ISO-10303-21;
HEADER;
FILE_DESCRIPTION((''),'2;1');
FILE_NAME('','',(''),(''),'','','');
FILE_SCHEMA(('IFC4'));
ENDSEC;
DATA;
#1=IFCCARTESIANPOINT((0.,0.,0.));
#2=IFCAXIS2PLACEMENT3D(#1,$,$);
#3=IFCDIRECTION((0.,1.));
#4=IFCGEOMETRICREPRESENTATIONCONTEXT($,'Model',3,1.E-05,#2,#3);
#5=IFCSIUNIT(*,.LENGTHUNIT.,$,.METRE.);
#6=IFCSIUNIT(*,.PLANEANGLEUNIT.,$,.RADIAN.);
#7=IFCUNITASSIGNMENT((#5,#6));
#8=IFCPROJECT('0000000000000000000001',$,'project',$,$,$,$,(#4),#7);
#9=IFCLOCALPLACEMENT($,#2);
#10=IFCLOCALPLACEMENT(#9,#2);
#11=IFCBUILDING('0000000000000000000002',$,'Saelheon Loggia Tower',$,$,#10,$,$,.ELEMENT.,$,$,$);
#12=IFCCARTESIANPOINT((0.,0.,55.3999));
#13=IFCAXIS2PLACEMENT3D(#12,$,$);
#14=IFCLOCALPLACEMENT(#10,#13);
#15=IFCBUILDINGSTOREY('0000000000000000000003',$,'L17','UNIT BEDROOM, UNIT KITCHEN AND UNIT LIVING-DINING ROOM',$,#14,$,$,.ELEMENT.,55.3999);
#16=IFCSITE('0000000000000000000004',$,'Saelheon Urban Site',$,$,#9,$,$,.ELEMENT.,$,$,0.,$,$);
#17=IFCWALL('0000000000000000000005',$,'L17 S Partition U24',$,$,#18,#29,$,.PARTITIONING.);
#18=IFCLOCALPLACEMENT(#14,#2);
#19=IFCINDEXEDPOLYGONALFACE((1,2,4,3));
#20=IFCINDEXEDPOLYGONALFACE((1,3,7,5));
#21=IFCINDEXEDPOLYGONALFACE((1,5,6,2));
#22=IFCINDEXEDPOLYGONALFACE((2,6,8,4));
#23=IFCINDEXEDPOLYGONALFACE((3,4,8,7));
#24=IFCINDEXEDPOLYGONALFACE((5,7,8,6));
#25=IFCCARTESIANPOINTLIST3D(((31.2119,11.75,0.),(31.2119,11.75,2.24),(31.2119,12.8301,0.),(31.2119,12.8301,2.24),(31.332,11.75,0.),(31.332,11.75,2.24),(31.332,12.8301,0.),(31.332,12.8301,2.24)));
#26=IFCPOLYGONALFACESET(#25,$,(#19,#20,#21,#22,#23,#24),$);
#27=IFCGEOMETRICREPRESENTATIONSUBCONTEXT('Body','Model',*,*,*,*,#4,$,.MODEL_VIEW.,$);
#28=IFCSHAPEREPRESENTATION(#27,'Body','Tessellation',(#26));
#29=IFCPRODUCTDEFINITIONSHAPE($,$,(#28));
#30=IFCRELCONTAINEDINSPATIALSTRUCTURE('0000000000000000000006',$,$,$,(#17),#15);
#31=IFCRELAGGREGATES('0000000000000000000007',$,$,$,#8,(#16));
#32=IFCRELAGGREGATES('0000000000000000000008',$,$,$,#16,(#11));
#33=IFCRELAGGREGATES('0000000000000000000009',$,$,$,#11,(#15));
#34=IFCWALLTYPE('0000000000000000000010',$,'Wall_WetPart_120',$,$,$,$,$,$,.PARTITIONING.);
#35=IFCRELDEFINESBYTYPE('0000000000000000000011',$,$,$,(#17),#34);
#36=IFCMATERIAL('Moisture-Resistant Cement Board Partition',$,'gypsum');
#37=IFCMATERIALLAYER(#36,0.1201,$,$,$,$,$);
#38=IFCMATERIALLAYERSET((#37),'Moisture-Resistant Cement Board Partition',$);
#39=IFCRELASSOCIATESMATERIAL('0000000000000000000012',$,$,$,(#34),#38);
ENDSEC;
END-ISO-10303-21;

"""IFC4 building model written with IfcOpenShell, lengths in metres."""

from ifc_helpers import new_model, si_unit, direction, frame, frame_2d, origin, place, context, subcontext, project, spatial, rectangle, extrude, material, layer, layer_set, type_object, element, save


model = new_model("IFC4")

# Units and contexts
model_context = context("Model", 3, precision=1e-05, world=origin(), true_north=direction((0.0, 1.0)))
body_context = subcontext(model_context, "Body", "Model", "MODEL_VIEW")
ifc_project = project(units=[si_unit("LENGTHUNIT", "METRE"), si_unit("PLANEANGLEUNIT", "RADIAN")], contexts=[model_context])

# Site, building, storey
site_placement = place(None, origin())
site = spatial("IfcSite", under=ifc_project, at=site_placement, Name="Saelheon Urban Site", CompositionType="ELEMENT", RefElevation=0.0)
building_placement = place(site_placement, origin())
building = spatial("IfcBuilding", under=site, at=building_placement, Name="Saelheon Loggia Tower", CompositionType="ELEMENT")
storey_placement = place(building_placement, frame((0.0, 0.0, 55.3999)))
storey = spatial("IfcBuildingStorey", under=building, at=storey_placement, Name="L17", Description="UNIT BEDROOM, UNIT KITCHEN AND UNIT LIVING-DINING ROOM", CompositionType="ELEMENT", Elevation=55.3999)

# Shared definitions
ifc_material_1 = material(Name="Moisture-Resistant Cement Board Partition", Category="gypsum")
ifc_layer_1 = layer(ifc_material_1, 0.1201)
ifc_layer_set_1 = layer_set([ifc_layer_1], Name="Moisture-Resistant Cement Board Partition")
wall_type_1 = type_object("IfcWallType", Name="Wall_WetPart_120", PredefinedType="PARTITIONING", material=ifc_layer_set_1)

# Wall
wall_1_placement = place(storey_placement, frame((31.272, 12.8301, 0.0), z_axis=(0.0, 0.0, 1.0), x_axis=(0.0, -1.0, 0.0)))
element("IfcWall", 1, at=wall_1_placement, inside=storey, type_object=wall_type_1, Name="L17 S Partition U24", PredefinedType="PARTITIONING", context=body_context, shape_type="SweptSolid", body=[
    extrude(rectangle(XDim=1.0801, YDim=0.1201, at=frame_2d((0.54, 0.0))), origin(), (0.0, 0.0, 1.0), 2.24),
])

save(model, "model.ifc")
